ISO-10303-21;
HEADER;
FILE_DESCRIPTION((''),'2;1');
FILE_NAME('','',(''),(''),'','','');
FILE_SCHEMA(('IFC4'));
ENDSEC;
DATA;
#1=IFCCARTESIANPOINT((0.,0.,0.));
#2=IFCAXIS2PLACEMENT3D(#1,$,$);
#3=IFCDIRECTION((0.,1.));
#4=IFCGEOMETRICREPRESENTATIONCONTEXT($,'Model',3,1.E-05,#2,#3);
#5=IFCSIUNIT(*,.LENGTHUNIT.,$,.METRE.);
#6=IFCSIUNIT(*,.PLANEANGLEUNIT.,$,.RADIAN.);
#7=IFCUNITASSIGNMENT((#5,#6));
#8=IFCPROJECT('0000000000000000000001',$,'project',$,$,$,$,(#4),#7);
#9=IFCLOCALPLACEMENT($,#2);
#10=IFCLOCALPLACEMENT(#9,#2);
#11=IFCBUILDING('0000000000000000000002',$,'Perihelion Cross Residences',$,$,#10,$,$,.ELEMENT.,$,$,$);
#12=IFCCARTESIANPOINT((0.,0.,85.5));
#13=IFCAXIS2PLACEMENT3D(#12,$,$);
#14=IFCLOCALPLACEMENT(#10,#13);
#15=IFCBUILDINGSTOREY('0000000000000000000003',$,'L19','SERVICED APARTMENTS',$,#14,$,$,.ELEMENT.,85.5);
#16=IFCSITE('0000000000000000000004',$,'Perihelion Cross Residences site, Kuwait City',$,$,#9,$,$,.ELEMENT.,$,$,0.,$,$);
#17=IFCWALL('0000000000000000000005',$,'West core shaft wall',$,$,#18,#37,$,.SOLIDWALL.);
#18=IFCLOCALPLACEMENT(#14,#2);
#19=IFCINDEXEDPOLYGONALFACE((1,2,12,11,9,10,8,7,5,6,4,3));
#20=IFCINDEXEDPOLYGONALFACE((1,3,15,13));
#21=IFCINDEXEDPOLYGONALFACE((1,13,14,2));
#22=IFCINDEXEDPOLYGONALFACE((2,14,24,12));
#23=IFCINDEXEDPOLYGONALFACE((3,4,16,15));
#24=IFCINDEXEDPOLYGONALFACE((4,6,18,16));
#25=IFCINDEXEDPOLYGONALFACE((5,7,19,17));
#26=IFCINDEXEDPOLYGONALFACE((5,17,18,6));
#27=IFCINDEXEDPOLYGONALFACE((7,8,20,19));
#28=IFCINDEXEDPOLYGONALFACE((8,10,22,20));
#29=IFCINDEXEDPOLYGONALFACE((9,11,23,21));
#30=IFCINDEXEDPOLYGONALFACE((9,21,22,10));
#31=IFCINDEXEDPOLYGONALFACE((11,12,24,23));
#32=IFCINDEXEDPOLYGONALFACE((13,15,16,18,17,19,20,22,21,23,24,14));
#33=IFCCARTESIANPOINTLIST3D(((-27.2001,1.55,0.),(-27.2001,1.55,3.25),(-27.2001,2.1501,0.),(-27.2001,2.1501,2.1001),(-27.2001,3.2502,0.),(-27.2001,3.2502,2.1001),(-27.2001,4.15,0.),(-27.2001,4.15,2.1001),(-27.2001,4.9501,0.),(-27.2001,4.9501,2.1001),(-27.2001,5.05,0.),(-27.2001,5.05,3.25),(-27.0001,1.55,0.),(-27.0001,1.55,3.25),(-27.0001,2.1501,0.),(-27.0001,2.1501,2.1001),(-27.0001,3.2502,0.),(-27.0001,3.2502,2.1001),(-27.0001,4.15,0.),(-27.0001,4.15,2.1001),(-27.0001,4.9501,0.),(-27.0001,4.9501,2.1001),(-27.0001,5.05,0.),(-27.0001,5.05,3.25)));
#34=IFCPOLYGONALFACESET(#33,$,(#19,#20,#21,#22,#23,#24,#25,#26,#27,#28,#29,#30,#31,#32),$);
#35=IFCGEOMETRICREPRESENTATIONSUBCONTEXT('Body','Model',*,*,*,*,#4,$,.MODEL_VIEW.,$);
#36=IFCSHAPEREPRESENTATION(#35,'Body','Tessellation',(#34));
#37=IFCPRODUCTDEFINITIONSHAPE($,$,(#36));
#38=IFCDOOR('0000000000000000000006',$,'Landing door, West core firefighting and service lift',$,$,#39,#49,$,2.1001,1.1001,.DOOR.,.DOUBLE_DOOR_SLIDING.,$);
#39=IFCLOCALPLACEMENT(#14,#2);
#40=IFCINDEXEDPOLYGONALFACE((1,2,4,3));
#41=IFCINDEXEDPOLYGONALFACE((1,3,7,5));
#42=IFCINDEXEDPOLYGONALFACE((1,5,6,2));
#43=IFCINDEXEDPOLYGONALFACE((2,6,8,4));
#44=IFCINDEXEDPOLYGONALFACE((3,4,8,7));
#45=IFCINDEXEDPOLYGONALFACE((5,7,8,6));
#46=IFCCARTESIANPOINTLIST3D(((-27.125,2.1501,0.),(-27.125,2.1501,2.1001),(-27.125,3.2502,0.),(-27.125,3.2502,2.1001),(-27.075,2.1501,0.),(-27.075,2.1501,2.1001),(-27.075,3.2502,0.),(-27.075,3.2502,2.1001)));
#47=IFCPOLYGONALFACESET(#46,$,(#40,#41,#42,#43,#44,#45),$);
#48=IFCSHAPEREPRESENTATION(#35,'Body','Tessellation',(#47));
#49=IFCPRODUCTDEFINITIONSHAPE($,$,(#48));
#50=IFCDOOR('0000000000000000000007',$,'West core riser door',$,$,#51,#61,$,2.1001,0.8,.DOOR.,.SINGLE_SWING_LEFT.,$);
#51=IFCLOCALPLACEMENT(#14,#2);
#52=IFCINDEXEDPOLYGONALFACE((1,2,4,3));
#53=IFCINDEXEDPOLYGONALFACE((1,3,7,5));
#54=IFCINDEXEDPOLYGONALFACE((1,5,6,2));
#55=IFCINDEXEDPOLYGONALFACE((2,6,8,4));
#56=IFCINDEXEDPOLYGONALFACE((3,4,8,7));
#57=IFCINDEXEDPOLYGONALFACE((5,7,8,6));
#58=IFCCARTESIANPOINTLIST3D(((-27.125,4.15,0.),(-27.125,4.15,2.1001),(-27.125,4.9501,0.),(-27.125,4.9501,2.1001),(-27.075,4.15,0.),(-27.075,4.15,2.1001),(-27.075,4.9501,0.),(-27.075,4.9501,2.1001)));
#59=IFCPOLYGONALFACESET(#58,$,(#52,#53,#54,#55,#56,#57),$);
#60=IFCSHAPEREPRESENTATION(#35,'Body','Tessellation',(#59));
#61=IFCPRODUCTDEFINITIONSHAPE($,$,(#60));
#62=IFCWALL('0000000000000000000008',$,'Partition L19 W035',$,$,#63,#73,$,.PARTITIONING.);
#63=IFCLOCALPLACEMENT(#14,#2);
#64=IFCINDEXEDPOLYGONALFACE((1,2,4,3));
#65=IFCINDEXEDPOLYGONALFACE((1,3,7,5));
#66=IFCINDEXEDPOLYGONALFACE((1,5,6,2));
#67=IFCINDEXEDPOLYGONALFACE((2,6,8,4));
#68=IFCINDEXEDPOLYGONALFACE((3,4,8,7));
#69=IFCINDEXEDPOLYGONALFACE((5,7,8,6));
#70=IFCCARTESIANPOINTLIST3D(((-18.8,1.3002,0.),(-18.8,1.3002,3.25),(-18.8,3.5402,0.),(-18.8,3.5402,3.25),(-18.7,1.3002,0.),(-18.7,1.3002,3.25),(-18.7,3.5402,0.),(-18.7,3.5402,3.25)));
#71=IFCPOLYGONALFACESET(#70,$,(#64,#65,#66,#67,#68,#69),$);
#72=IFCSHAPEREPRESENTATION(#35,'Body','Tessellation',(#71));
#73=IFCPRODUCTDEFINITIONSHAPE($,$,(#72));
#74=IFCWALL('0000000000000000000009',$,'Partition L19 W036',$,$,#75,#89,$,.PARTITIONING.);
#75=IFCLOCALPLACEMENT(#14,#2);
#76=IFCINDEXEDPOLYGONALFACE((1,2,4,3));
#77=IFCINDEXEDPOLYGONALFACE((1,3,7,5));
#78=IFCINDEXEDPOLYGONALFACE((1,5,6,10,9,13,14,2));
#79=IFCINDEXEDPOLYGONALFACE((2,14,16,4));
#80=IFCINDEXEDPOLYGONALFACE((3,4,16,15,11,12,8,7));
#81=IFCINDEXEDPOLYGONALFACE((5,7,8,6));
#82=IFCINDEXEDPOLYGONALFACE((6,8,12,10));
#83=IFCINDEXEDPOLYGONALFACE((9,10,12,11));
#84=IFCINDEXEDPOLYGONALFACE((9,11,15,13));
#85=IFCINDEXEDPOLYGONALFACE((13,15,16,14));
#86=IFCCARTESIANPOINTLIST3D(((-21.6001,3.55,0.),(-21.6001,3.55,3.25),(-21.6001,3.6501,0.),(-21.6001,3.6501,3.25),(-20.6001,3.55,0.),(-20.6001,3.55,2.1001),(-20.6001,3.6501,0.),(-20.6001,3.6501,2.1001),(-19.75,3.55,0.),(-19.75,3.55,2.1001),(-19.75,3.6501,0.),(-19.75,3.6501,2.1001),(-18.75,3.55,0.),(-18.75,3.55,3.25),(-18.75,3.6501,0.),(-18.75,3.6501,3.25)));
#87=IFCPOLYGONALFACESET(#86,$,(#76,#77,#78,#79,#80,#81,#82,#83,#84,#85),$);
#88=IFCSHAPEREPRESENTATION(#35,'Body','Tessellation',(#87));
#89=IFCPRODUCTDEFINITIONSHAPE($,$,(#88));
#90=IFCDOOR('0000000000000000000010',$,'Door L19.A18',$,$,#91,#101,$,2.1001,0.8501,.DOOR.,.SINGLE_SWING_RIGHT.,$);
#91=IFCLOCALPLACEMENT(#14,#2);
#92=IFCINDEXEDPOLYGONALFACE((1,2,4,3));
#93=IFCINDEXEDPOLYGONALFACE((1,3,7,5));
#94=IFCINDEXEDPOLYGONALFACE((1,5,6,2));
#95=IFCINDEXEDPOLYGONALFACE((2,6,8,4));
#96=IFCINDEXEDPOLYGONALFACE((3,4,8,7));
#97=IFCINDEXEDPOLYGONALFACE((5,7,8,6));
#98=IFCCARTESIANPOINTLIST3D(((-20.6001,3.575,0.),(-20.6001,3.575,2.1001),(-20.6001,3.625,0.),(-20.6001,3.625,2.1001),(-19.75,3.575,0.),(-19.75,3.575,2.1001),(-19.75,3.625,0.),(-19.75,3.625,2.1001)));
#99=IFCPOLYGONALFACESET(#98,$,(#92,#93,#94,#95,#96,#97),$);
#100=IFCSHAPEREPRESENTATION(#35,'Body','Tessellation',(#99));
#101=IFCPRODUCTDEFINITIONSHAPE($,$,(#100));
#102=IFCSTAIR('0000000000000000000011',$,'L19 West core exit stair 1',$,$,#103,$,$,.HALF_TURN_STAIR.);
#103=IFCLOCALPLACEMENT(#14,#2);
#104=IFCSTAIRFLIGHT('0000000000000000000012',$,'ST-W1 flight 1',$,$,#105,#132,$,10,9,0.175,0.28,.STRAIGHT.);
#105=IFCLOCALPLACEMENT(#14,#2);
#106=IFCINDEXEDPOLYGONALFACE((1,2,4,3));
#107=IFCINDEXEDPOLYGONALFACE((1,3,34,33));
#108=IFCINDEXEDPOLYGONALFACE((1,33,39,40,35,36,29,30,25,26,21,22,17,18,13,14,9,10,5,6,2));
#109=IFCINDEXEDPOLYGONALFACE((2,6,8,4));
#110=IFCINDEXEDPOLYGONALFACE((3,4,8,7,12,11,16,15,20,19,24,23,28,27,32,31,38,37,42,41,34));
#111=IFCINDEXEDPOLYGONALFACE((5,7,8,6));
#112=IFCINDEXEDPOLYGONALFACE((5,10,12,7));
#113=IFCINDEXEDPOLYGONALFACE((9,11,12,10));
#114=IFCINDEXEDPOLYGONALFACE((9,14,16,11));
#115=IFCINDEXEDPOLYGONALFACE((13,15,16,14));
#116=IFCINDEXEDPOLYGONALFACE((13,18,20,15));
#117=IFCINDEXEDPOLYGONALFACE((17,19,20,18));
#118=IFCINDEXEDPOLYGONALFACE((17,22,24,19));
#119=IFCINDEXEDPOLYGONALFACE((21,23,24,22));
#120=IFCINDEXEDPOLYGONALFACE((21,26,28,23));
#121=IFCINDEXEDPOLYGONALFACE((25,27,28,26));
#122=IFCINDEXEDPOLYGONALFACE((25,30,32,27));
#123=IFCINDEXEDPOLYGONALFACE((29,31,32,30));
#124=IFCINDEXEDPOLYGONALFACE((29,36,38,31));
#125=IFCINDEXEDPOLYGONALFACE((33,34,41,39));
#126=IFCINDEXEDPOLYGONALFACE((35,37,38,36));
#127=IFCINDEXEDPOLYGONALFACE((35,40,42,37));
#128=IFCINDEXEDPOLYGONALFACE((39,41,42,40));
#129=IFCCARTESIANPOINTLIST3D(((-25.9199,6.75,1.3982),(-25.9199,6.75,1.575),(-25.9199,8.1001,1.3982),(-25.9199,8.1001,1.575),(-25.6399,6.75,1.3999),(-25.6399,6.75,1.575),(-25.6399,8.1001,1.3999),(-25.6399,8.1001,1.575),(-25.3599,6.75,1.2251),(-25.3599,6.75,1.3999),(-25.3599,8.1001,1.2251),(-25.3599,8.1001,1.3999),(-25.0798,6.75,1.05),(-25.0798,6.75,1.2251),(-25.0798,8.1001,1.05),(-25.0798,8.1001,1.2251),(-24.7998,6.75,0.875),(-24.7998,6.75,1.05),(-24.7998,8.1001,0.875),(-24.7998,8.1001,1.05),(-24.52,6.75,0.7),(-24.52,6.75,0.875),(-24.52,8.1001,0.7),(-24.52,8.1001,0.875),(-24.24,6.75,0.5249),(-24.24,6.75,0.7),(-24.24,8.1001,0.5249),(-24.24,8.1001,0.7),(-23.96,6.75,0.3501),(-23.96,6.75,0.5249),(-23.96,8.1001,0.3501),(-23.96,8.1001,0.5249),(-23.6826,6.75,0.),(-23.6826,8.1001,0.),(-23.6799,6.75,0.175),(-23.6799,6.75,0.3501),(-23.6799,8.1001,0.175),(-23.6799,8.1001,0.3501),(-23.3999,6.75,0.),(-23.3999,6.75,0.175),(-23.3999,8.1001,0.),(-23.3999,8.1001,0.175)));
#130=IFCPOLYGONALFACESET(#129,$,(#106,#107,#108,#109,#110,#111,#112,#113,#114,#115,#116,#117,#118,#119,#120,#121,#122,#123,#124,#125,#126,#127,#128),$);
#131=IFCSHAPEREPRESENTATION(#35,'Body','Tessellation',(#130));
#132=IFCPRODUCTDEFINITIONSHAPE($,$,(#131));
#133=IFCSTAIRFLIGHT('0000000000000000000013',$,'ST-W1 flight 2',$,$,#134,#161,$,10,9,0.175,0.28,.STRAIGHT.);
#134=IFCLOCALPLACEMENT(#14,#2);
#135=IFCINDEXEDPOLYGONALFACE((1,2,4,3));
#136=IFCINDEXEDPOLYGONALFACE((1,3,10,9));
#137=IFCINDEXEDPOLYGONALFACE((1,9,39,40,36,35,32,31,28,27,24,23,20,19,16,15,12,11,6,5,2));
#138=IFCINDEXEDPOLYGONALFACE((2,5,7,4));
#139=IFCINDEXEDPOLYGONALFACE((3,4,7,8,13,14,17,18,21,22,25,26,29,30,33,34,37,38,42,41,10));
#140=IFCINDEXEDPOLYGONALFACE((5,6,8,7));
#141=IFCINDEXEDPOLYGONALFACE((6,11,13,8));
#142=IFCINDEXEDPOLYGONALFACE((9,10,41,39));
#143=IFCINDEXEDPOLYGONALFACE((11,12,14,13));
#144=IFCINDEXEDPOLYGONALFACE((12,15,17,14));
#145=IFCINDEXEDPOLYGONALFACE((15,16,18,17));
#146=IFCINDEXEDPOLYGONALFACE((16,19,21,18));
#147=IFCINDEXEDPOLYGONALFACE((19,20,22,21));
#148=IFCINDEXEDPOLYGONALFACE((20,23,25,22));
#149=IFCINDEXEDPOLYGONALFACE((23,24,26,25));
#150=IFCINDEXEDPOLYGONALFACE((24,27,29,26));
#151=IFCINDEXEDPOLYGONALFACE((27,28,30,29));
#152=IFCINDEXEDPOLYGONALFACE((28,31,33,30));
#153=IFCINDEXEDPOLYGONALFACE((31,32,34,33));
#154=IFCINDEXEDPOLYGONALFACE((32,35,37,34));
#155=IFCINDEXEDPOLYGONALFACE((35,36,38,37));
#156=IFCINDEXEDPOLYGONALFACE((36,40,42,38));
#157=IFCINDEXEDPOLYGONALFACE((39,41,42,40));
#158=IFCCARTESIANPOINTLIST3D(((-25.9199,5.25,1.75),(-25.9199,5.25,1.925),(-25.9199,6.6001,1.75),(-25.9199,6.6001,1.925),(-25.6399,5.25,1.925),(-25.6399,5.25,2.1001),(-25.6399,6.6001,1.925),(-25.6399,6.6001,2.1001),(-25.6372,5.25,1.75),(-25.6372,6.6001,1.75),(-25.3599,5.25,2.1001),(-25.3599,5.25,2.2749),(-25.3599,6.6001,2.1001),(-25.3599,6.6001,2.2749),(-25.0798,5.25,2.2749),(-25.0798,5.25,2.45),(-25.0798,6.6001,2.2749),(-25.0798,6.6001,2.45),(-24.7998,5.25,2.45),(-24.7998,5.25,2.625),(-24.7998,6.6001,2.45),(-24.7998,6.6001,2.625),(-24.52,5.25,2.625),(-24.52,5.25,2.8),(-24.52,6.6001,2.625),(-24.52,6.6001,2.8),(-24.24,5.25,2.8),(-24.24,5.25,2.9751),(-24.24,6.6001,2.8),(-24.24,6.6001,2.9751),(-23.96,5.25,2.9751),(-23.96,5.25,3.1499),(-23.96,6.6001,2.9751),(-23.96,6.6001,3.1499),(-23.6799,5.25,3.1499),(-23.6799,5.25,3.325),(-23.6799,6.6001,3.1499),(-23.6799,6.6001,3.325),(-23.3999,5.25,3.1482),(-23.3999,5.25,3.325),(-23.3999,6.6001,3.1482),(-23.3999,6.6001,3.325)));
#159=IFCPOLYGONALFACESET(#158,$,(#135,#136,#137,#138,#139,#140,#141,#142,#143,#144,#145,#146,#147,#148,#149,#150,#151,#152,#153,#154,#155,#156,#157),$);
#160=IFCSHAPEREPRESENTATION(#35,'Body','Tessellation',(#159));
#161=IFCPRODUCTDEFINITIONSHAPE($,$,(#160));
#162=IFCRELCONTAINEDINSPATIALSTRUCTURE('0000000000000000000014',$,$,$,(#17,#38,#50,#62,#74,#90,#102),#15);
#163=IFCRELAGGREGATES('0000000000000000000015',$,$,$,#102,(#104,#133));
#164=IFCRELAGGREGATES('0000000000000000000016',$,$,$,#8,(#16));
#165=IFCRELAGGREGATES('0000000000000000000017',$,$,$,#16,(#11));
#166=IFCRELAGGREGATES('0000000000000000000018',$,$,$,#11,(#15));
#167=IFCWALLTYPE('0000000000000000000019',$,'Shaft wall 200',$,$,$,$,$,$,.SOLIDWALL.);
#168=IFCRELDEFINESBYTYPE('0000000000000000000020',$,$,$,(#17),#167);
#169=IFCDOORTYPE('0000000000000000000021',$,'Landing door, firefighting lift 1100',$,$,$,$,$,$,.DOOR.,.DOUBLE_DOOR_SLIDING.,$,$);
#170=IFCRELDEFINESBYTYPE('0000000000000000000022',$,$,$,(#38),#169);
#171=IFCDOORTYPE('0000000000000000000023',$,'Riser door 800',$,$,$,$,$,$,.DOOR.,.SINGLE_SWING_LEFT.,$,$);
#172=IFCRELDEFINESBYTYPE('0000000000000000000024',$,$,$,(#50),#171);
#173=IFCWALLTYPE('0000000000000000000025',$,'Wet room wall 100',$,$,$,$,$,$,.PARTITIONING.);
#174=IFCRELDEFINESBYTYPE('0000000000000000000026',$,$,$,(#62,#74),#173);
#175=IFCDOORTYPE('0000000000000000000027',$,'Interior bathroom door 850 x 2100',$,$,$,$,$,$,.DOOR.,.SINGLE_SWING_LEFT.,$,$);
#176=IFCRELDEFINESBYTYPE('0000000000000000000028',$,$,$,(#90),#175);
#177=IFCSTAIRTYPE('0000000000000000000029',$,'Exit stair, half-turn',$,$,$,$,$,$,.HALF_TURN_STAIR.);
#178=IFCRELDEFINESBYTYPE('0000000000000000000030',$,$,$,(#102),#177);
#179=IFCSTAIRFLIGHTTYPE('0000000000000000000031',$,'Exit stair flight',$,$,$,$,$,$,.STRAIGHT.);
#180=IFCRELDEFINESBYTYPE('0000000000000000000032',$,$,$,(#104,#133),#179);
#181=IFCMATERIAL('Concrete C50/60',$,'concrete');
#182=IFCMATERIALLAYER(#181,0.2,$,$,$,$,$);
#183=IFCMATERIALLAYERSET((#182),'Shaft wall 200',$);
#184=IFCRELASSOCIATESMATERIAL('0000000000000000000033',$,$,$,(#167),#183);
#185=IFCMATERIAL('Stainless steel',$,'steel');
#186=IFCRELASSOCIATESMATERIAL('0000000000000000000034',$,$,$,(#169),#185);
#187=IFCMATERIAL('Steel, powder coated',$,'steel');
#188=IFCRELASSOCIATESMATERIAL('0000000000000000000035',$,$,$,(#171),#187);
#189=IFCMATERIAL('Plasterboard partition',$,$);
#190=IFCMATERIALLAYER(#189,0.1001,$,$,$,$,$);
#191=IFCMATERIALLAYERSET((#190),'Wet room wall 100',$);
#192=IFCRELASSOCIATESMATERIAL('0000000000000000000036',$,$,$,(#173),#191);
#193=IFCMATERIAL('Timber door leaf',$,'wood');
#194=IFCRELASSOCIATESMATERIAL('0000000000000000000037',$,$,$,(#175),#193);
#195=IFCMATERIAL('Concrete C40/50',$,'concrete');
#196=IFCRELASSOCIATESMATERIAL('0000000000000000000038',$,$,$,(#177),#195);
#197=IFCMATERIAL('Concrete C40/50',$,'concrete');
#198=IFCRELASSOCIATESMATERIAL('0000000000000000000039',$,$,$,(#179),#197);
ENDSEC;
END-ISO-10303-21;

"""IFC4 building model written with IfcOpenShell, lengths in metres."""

from ifc_helpers import new_model, si_unit, direction, frame, frame_2d, origin, place, context, subcontext, project, spatial, polyline, rectangle, outline, extrude, material, layer, layer_set, type_object, element, fill, aggregate, save


model = new_model("IFC4")

# Units and contexts
model_context = context("Model", 3, precision=1e-05, world=origin(), true_north=direction((0.0, 1.0)))
body_context = subcontext(model_context, "Body", "Model", "MODEL_VIEW")
ifc_project = project(units=[si_unit("LENGTHUNIT", "METRE"), si_unit("PLANEANGLEUNIT", "RADIAN")], contexts=[model_context])

# Site, building, storey
site_placement = place(None, origin())
site = spatial("IfcSite", under=ifc_project, at=site_placement, Name="Perihelion Cross Residences site, Kuwait City", CompositionType="ELEMENT", RefElevation=0.0)
building_placement = place(site_placement, origin())
building = spatial("IfcBuilding", under=site, at=building_placement, Name="Perihelion Cross Residences", CompositionType="ELEMENT")
storey_placement = place(building_placement, frame((0.0, 0.0, 85.5)))
storey = spatial("IfcBuildingStorey", under=building, at=storey_placement, Name="L19", Description="SERVICED APARTMENTS", CompositionType="ELEMENT", Elevation=85.5)

# Wall, openings, doors
ifc_material_1 = material(Name="Concrete C50/60", Category="concrete")
ifc_layer_1 = layer(ifc_material_1, 0.2)
ifc_layer_set_1 = layer_set([ifc_layer_1], Name="Shaft wall 200")
wall_type_1 = type_object("IfcWallType", Name="Shaft wall 200", PredefinedType="SOLIDWALL", material=ifc_layer_set_1)
wall_1_placement = place(storey_placement, frame((-27.1001, 1.55, 0.0), z_axis=(0.0, 0.0, 1.0), x_axis=(0.0, 1.0, 0.0)))
wall_1 = element("IfcWall", 1, at=wall_1_placement, inside=storey, type_object=wall_type_1, Name="West core shaft wall", PredefinedType="SOLIDWALL", context=body_context, shape_type="SweptSolid", body=[
    extrude(rectangle(XDim=3.5, YDim=0.2, at=frame_2d((1.75, 0.0))), origin(), (0.0, 0.0, 1.0), 3.25),
])
opening_1_placement = place(wall_1_placement, frame((0.6001, 0.0, 0.0)))
opening_1 = element("IfcOpeningElement", 2, at=opening_1_placement, cuts=wall_1, PredefinedType="OPENING", context=body_context, shape_type="SweptSolid", body=[
    extrude(rectangle(XDim=1.1001, YDim=2.1001, at=frame_2d((0.55, 1.05))), frame((0.0, 0.1099, 0.0), z_axis=(0.0, -1.0, 0.0), x_axis=(1.0, 0.0, 0.0)), (0.0, 0.0, 1.0), 0.22),
])
opening_2_placement = place(wall_1_placement, frame((2.6001, 0.0, 0.0)))
opening_2 = element("IfcOpeningElement", 3, at=opening_2_placement, cuts=wall_1, PredefinedType="OPENING", context=body_context, shape_type="SweptSolid", body=[
    extrude(rectangle(XDim=0.8, YDim=2.1001, at=frame_2d((0.3999, 1.05))), frame((0.0, 0.1099, 0.0), z_axis=(0.0, -1.0, 0.0), x_axis=(1.0, 0.0, 0.0)), (0.0, 0.0, 1.0), 0.22),
])
ifc_material_2 = material(Name="Stainless steel", Category="steel")
door_type_1 = type_object("IfcDoorType", Name="Landing door, firefighting lift 1100", OperationType="DOUBLE_DOOR_SLIDING", PredefinedType="DOOR", material=ifc_material_2)
door_1_placement = place(opening_1_placement, origin())
door_1 = element("IfcDoor", 4, at=door_1_placement, inside=storey, type_object=door_type_1, Name="Landing door, West core firefighting and service lift", OperationType="DOUBLE_DOOR_SLIDING", OverallHeight=2.1001, OverallWidth=1.1001, PredefinedType="DOOR", context=body_context, shape_type="SweptSolid", body=[
    extrude(rectangle(XDim=1.1001, YDim=2.1001, at=frame_2d((0.55, 1.05))), frame((0.0, 0.0249, 0.0), z_axis=(0.0, -1.0, 0.0), x_axis=(1.0, 0.0, 0.0)), (0.0, 0.0, 1.0), 0.05),
])
fill(opening_1, door_1)
ifc_material_3 = material(Name="Steel, powder coated", Category="steel")
door_type_2 = type_object("IfcDoorType", Name="Riser door 800", OperationType="SINGLE_SWING_LEFT", PredefinedType="DOOR", material=ifc_material_3)
door_2_placement = place(opening_2_placement, origin())
door_2 = element("IfcDoor", 5, at=door_2_placement, inside=storey, type_object=door_type_2, Name="West core riser door", OperationType="SINGLE_SWING_LEFT", OverallHeight=2.1001, OverallWidth=0.8, PredefinedType="DOOR", context=body_context, shape_type="SweptSolid", body=[
    extrude(rectangle(XDim=0.8, YDim=2.1001, at=frame_2d((0.3999, 1.05))), frame((0.0, 0.0249, 0.0), z_axis=(0.0, -1.0, 0.0), x_axis=(1.0, 0.0, 0.0)), (0.0, 0.0, 1.0), 0.05),
])
fill(opening_2, door_2)

# Wall
ifc_material_4 = material(Name="Plasterboard partition")
ifc_layer_2 = layer(ifc_material_4, 0.1001)
ifc_layer_set_2 = layer_set([ifc_layer_2], Name="Wet room wall 100")
wall_type_2 = type_object("IfcWallType", Name="Wet room wall 100", PredefinedType="PARTITIONING", material=ifc_layer_set_2)
wall_2_placement = place(storey_placement, frame((-18.75, 1.3, 0.0), z_axis=(0.0, 0.0, 1.0), x_axis=(0.0, 1.0, 0.0)))
element("IfcWall", 6, at=wall_2_placement, inside=storey, type_object=wall_type_2, Name="Partition L19 W035", PredefinedType="PARTITIONING", context=body_context, shape_type="SweptSolid", body=[
    extrude(rectangle(XDim=2.24, YDim=0.1001, at=frame_2d((1.1201, 0.0))), origin(), (0.0, 0.0, 1.0), 3.25),
])

# Wall, opening, door
wall_3_placement = place(storey_placement, frame((-21.6001, 3.6001, 0.0), z_axis=(0.0, 0.0, 1.0), x_axis=(1.0, 0.0, 0.0)))
wall_3 = element("IfcWall", 7, at=wall_3_placement, inside=storey, type_object=wall_type_2, Name="Partition L19 W036", PredefinedType="PARTITIONING", context=body_context, shape_type="SweptSolid", body=[
    extrude(rectangle(XDim=2.8501, YDim=0.1001, at=frame_2d((1.425, 0.0))), origin(), (0.0, 0.0, 1.0), 3.25),
])
opening_3_placement = place(wall_3_placement, frame((1.0, 0.0, 0.0)))
opening_3 = element("IfcOpeningElement", 8, at=opening_3_placement, cuts=wall_3, PredefinedType="OPENING", context=body_context, shape_type="SweptSolid", body=[
    extrude(rectangle(XDim=0.8501, YDim=2.1001, at=frame_2d((0.425, 1.05))), frame((0.0, 0.0601, 0.0), z_axis=(0.0, -1.0, 0.0), x_axis=(1.0, 0.0, 0.0)), (0.0, 0.0, 1.0), 0.1201),
])
ifc_material_5 = material(Name="Timber door leaf", Category="wood")
door_type_3 = type_object("IfcDoorType", Name="Interior bathroom door 850 x 2100", OperationType="SINGLE_SWING_LEFT", PredefinedType="DOOR", material=ifc_material_5)
door_3_placement = place(opening_3_placement, origin())
door_3 = element("IfcDoor", 9, at=door_3_placement, inside=storey, type_object=door_type_3, Name="Door L19.A18", OperationType="SINGLE_SWING_RIGHT", OverallHeight=2.1001, OverallWidth=0.8501, PredefinedType="DOOR", context=body_context, shape_type="SweptSolid", body=[
    extrude(rectangle(XDim=0.8501, YDim=2.1001, at=frame_2d((0.425, 1.05))), frame((0.0, 0.0249, 0.0), z_axis=(0.0, -1.0, 0.0), x_axis=(1.0, 0.0, 0.0)), (0.0, 0.0, 1.0), 0.05),
])
fill(opening_3, door_3)

# Stair, stair flights
ifc_material_6 = material(Name="Concrete C40/50", Category="concrete")
stair_type = type_object("IfcStairType", Name="Exit stair, half-turn", PredefinedType="HALF_TURN_STAIR", material=ifc_material_6)
stair_placement = place(storey_placement, origin())
stair = element("IfcStair", 10, at=stair_placement, inside=storey, type_object=stair_type, Name="L19 West core exit stair 1", PredefinedType="HALF_TURN_STAIR")
ifc_material_7 = material(Name="Concrete C40/50", Category="concrete")
stair_flight_type = type_object("IfcStairFlightType", Name="Exit stair flight", PredefinedType="STRAIGHT", material=ifc_material_7)
stair_flight_1_placement = place(storey_placement, frame((-23.3999, 7.425, 0.0), z_axis=(0.0, 0.0, 1.0), x_axis=(-1.0, 0.0, 0.0)))
stair_flight_1 = element("IfcStairFlight", 11, at=stair_flight_1_placement, type_object=stair_flight_type, Name="ST-W1 flight 1", NumberOfRisers=10, NumberOfTreads=9, PredefinedType="STRAIGHT", RiserHeight=0.175, TreadLength=0.28, context=body_context, shape_type="SweptSolid", body=[
    extrude(outline(polyline([(0.0, 0.0), (0.0, 0.175), (0.28, 0.175), (0.28, 0.3501), (0.5601, 0.3501), (0.5601, 0.5249), (0.8401, 0.5249), (0.8401, 0.7), (1.1201, 0.7), (1.1201, 0.875), (1.3999, 0.875), (1.3999, 1.05), (1.6799, 1.05), (1.6799, 1.2251), (1.96, 1.2251), (1.96, 1.3999), (2.24, 1.3999), (2.24, 1.575), (2.52, 1.575), (2.52, 1.75), (2.52, 1.3982), (0.2827, 0.0), (0.0, 0.0)])), frame((0.0, 0.675, 0.0), z_axis=(0.0, -1.0, 0.0), x_axis=(1.0, 0.0, 0.0)), (0.0, 0.0, 1.0), 1.3501),
])
stair_flight_2_placement = place(storey_placement, frame((-25.9199, 5.925, 1.75), z_axis=(0.0, 0.0, 1.0), x_axis=(1.0, 0.0, 0.0)))
stair_flight_2 = element("IfcStairFlight", 12, at=stair_flight_2_placement, type_object=stair_flight_type, Name="ST-W1 flight 2", NumberOfRisers=10, NumberOfTreads=9, PredefinedType="STRAIGHT", RiserHeight=0.175, TreadLength=0.28, context=body_context, shape_type="SweptSolid", body=[
    extrude(outline(polyline([(0.0, 0.0), (0.0, 0.175), (0.28, 0.175), (0.28, 0.3501), (0.5601, 0.3501), (0.5601, 0.5249), (0.8401, 0.5249), (0.8401, 0.7), (1.1201, 0.7), (1.1201, 0.875), (1.3999, 0.875), (1.3999, 1.05), (1.6799, 1.05), (1.6799, 1.2251), (1.96, 1.2251), (1.96, 1.3999), (2.24, 1.3999), (2.24, 1.575), (2.52, 1.575), (2.52, 1.75), (2.52, 1.3982), (0.2827, 0.0), (0.0, 0.0)])), frame((0.0, 0.675, 0.0), z_axis=(0.0, -1.0, 0.0), x_axis=(1.0, 0.0, 0.0)), (0.0, 0.0, 1.0), 1.3501),
])
aggregate(stair, [stair_flight_1, stair_flight_2])

save(model, "model.ifc")
